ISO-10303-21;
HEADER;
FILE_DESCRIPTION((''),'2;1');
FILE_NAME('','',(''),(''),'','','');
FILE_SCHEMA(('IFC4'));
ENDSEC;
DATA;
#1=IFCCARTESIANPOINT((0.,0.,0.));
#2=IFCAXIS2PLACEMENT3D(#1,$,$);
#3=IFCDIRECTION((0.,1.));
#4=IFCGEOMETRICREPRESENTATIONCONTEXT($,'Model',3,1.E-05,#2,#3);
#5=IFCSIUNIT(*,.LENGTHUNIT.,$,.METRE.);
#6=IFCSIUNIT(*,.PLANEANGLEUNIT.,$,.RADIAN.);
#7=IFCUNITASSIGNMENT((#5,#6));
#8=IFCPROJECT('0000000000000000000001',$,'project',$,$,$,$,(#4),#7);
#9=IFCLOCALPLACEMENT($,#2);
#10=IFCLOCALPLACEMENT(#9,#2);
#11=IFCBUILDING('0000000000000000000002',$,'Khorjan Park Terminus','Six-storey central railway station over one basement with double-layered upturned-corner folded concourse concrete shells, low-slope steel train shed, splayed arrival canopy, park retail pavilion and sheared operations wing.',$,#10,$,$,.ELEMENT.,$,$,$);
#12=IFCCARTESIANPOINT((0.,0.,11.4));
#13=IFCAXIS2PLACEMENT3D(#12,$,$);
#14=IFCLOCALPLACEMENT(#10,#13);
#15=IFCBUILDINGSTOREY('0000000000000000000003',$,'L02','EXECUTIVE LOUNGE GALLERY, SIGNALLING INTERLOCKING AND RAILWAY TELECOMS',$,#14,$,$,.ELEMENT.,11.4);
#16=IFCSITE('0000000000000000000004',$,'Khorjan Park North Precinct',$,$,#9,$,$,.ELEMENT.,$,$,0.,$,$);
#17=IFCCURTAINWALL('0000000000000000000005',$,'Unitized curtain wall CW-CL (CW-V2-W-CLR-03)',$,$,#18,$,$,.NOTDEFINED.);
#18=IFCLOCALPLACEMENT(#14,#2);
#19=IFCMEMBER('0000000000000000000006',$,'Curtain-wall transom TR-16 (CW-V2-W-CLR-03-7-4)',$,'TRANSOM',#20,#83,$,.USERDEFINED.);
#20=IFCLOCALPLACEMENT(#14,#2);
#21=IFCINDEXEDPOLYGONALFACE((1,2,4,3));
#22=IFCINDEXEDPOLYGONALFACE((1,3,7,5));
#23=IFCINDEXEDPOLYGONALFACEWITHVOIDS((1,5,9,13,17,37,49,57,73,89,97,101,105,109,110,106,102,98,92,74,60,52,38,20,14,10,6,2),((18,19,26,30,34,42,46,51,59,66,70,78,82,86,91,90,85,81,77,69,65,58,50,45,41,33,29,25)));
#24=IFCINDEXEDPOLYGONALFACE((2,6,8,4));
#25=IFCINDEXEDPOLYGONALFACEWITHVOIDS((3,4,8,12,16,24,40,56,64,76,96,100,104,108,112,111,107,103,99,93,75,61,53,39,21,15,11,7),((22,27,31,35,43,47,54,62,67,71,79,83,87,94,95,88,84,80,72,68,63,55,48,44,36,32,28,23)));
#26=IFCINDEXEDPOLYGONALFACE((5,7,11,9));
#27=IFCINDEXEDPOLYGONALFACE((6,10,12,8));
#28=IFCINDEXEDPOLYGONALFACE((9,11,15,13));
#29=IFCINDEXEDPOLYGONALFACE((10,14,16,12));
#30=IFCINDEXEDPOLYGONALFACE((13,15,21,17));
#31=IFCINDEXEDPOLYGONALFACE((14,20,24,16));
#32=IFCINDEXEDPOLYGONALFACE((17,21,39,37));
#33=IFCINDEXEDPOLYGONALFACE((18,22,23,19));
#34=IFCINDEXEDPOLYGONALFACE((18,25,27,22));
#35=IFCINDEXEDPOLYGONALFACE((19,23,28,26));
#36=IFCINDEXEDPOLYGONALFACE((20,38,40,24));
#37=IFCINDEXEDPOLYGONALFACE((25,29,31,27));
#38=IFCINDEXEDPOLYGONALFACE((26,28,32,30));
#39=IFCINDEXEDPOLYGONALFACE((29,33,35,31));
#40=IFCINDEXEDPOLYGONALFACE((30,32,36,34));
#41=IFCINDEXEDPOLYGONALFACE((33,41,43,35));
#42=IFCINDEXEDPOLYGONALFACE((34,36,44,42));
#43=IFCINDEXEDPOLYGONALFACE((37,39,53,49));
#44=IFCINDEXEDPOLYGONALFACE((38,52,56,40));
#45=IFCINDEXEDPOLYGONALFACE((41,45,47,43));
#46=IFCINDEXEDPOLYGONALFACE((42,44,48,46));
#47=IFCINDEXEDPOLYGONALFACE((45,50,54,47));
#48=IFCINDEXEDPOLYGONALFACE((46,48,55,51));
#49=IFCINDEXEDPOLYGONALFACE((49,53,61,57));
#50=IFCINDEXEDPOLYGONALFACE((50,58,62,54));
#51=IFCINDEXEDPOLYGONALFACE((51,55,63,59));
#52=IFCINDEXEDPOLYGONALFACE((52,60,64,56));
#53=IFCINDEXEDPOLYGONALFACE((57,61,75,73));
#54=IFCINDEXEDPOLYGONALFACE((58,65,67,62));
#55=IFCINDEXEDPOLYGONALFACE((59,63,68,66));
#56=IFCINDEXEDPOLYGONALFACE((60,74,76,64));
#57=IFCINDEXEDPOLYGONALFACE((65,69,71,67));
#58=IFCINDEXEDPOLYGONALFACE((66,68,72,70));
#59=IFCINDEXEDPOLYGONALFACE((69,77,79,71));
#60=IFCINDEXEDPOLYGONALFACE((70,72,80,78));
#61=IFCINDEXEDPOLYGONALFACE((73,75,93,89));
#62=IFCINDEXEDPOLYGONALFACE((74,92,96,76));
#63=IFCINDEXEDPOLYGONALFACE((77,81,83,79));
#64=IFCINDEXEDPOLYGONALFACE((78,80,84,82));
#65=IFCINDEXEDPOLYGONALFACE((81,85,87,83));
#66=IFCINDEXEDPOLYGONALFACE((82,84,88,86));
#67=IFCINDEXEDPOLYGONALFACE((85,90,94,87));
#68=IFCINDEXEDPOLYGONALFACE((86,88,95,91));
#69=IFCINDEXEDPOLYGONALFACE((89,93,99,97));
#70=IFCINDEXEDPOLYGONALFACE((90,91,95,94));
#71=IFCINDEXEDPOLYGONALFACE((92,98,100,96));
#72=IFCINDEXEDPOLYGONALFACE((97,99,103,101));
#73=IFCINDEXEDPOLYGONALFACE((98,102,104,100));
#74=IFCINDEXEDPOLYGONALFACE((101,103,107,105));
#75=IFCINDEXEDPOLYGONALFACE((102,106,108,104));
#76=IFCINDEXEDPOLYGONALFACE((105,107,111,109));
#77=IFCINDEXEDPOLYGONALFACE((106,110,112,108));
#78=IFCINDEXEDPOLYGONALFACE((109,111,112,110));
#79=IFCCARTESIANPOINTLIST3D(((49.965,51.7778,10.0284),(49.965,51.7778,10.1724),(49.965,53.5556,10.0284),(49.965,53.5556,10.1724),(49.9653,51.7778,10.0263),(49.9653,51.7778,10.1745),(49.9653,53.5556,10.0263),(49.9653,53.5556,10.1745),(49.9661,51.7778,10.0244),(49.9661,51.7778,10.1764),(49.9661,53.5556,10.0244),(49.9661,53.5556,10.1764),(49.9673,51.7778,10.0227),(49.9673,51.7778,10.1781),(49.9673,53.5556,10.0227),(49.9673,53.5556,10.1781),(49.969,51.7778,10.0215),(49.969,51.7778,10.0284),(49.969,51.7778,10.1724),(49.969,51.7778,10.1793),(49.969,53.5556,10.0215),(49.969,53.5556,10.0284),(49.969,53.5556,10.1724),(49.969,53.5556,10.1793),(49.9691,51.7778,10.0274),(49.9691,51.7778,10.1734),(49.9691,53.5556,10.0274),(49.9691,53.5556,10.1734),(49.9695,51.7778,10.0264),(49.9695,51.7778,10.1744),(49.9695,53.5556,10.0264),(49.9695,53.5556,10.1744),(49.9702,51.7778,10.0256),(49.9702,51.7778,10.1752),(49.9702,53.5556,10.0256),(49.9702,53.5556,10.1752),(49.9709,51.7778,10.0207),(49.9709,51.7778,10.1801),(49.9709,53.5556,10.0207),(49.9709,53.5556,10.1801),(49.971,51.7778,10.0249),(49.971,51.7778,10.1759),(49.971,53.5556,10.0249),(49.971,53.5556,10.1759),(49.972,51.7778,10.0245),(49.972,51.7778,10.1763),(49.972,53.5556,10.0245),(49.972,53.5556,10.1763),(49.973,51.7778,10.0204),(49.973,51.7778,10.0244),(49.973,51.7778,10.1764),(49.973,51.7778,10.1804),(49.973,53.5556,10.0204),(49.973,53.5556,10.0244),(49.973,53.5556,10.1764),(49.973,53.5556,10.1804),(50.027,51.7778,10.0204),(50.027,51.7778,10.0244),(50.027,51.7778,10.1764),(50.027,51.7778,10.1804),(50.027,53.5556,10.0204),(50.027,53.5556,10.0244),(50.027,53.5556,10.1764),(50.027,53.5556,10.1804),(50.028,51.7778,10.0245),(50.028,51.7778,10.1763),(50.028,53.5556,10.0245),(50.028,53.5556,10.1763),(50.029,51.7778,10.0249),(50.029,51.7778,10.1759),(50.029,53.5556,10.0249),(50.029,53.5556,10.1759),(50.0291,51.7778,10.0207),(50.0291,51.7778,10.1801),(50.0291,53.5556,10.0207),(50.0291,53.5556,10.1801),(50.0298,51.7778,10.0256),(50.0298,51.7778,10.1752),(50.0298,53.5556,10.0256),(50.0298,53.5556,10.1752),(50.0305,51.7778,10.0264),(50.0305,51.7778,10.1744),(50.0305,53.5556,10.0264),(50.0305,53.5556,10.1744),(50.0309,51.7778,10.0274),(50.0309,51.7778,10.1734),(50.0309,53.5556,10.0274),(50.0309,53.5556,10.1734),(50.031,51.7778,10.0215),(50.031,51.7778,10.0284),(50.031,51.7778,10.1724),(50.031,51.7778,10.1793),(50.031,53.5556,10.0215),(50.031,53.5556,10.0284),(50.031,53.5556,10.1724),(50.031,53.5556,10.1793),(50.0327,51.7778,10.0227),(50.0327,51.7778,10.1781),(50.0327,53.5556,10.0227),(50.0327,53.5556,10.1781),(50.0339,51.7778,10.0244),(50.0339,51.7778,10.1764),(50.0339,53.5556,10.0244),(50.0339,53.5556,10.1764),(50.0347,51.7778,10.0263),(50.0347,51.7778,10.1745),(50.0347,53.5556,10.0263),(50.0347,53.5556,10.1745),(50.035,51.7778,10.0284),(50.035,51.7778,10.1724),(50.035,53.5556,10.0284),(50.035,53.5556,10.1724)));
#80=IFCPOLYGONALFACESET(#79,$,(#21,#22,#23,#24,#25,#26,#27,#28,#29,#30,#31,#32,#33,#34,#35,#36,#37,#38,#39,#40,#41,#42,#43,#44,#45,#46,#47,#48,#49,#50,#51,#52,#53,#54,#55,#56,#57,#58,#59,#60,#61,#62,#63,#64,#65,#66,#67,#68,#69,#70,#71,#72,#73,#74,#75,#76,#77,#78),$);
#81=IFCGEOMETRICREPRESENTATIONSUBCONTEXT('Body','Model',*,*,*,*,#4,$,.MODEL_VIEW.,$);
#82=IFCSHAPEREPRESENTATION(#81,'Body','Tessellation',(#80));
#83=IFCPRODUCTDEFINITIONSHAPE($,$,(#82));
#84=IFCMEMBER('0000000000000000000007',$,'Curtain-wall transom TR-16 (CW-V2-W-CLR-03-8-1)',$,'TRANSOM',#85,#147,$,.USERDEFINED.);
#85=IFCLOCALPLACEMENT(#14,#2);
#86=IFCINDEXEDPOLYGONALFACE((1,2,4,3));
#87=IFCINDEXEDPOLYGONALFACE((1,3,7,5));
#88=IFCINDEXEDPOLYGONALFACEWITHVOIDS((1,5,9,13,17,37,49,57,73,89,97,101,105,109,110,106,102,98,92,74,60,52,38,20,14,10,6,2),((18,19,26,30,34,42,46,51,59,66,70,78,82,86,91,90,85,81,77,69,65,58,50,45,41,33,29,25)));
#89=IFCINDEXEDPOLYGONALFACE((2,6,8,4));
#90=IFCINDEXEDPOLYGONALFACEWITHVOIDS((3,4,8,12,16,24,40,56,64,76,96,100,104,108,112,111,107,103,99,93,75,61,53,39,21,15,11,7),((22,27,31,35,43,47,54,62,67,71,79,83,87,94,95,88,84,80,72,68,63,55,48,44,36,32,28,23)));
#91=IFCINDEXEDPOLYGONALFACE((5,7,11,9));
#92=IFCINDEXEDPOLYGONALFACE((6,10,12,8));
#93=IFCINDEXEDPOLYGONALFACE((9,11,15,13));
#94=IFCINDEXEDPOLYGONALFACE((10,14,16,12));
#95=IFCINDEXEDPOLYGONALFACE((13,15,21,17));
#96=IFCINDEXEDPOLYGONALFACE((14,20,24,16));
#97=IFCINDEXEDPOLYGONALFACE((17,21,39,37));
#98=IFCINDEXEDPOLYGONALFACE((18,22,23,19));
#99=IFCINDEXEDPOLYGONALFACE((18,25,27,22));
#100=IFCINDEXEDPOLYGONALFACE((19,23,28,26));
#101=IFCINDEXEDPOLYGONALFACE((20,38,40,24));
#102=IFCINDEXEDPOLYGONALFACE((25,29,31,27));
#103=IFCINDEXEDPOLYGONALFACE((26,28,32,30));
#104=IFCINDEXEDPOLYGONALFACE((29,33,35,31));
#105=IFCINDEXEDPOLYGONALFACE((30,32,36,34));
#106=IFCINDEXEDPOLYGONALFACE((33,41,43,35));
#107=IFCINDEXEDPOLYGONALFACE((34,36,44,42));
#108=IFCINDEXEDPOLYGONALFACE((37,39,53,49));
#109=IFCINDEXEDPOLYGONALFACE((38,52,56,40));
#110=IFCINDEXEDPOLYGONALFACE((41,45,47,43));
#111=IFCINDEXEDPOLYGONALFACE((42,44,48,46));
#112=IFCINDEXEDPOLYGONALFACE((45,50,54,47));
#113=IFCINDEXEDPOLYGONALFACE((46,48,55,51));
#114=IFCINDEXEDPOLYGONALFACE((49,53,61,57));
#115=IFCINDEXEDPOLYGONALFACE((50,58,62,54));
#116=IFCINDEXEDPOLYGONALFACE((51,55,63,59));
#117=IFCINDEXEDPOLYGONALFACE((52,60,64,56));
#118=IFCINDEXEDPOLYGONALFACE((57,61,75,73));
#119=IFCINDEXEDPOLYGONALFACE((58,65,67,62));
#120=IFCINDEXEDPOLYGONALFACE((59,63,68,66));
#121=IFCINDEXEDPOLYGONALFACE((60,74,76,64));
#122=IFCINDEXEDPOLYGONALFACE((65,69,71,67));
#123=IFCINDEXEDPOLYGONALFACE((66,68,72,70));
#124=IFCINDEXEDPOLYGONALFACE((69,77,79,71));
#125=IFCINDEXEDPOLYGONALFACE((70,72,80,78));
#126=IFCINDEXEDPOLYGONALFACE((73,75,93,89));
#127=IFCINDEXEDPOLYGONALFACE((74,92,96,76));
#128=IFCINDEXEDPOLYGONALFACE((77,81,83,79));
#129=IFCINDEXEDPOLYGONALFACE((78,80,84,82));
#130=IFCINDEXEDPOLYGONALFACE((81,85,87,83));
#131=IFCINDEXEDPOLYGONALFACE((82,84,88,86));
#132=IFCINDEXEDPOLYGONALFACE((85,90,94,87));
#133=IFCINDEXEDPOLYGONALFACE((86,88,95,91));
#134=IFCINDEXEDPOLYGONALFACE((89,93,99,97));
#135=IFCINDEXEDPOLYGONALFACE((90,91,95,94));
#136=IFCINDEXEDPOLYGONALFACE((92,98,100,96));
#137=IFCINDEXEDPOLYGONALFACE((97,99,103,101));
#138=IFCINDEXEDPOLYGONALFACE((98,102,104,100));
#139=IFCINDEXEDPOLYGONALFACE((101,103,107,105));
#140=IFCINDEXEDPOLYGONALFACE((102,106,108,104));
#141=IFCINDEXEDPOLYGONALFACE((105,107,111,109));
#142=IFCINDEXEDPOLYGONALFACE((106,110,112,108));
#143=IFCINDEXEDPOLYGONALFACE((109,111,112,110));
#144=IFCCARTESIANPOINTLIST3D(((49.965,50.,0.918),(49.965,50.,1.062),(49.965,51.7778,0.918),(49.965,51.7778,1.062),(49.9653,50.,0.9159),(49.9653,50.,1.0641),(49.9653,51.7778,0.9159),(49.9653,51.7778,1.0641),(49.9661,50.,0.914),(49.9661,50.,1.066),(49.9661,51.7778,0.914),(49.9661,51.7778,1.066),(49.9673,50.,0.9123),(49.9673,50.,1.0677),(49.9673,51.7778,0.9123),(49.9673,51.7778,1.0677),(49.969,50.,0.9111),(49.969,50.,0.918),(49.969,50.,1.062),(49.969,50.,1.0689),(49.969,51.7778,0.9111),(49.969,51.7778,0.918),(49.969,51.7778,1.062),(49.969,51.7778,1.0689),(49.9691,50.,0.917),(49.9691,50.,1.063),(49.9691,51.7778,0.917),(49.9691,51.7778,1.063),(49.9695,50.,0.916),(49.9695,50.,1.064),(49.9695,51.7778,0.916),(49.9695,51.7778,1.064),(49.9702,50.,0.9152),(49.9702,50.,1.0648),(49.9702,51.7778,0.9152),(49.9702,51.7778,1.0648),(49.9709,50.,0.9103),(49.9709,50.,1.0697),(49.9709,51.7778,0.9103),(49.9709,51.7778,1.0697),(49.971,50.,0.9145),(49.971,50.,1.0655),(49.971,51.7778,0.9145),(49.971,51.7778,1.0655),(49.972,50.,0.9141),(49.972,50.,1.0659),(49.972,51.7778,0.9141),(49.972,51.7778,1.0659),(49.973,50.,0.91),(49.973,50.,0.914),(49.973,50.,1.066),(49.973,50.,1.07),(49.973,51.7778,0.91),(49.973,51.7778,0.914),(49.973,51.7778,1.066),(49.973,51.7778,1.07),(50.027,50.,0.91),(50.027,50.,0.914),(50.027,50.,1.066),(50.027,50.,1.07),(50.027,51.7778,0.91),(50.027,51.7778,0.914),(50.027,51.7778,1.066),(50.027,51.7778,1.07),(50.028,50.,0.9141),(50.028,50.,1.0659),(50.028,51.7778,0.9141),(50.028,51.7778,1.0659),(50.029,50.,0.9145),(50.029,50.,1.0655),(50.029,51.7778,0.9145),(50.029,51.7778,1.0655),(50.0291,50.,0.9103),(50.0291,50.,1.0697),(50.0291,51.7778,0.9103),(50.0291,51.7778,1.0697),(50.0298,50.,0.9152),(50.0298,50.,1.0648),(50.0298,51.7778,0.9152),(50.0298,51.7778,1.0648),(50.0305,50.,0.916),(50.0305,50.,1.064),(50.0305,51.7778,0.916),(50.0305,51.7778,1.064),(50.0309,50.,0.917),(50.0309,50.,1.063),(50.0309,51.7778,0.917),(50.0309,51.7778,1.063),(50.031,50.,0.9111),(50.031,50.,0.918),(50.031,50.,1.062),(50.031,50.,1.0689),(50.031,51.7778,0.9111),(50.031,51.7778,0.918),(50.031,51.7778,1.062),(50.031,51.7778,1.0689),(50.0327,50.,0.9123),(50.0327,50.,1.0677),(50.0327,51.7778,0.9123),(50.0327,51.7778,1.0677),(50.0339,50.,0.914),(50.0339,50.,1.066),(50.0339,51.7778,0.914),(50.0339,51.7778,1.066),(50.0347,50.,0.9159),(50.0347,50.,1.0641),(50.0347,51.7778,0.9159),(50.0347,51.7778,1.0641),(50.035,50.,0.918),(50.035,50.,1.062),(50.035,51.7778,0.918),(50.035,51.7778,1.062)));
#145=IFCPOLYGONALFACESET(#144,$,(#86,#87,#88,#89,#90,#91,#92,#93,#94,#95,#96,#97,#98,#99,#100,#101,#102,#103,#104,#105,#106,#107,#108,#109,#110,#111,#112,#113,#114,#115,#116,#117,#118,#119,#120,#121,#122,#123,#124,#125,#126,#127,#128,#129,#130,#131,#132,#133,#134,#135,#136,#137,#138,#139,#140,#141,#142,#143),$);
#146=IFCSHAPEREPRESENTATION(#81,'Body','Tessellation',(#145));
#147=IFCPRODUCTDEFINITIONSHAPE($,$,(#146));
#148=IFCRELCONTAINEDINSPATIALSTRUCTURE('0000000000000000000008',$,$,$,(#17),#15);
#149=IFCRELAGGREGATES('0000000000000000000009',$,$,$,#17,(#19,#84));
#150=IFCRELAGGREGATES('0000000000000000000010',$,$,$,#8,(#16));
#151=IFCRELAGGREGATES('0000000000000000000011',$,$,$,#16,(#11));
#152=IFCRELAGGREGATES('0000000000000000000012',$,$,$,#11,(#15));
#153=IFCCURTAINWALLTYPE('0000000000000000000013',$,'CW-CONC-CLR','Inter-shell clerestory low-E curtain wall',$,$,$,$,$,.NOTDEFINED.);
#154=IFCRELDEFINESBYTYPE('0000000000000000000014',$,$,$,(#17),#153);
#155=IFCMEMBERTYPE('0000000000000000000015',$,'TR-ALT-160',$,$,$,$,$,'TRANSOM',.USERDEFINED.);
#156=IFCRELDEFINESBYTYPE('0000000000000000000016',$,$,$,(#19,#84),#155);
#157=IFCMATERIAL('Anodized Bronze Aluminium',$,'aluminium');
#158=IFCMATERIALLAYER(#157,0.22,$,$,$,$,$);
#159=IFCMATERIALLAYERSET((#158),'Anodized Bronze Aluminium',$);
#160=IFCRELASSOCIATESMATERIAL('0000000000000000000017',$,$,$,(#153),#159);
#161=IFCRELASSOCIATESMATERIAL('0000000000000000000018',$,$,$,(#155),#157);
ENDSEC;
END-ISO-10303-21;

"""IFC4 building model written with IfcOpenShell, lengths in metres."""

from ifc_helpers import new_model, si_unit, direction, frame, origin, origin_2d, place, context, subcontext, project, spatial, hollow_rectangle, extrude, material, layer, layer_set, material_profile, profile_set, type_object, element, aggregate, save


model = new_model("IFC4")

# Units and contexts
model_context = context("Model", 3, precision=1e-05, world=origin(), true_north=direction((0.0, 1.0)))
body_context = subcontext(model_context, "Body", "Model", "MODEL_VIEW")
ifc_project = project(units=[si_unit("LENGTHUNIT", "METRE"), si_unit("PLANEANGLEUNIT", "RADIAN")], contexts=[model_context])

# Site, building, storey
site_placement = place(None, origin())
site = spatial("IfcSite", under=ifc_project, at=site_placement, Name="Khorjan Park North Precinct", CompositionType="ELEMENT", RefElevation=0.0)
building_placement = place(site_placement, origin())
building = spatial("IfcBuilding", under=site, at=building_placement, Name="Khorjan Park Terminus", Description="Six-storey central railway station over one basement with double-layered upturned-corner folded concourse concrete shells, low-slope steel train shed, splayed arrival canopy, park retail pavilion and sheared operations wing.", CompositionType="ELEMENT")
storey_placement = place(building_placement, frame((0.0, 0.0, 11.4)))
storey = spatial("IfcBuildingStorey", under=building, at=storey_placement, Name="L02", Description="EXECUTIVE LOUNGE GALLERY, SIGNALLING INTERLOCKING AND RAILWAY TELECOMS", CompositionType="ELEMENT", Elevation=11.4)

# Curtain wall, members
ifc_material_1 = material(Name="Anodized Bronze Aluminium", Category="aluminium")
ifc_layer_1 = layer(ifc_material_1, 0.22)
ifc_layer_set_1 = layer_set([ifc_layer_1], Name="Anodized Bronze Aluminium")
curtain_wall_type = type_object("IfcCurtainWallType", Name="CW-CONC-CLR", Description="Inter-shell clerestory low-E curtain wall", PredefinedType="NOTDEFINED", material=ifc_layer_set_1)
curtain_wall_placement = place(storey_placement, origin())
curtain_wall = element("IfcCurtainWall", 1, at=curtain_wall_placement, inside=storey, type_object=curtain_wall_type, Name="Unitized curtain wall CW-CL (CW-V2-W-CLR-03)", PredefinedType="NOTDEFINED")
ifc_material_profile_1 = material_profile(ifc_material_1, hollow_rectangle(XDim=0.07, YDim=0.16, WallThickness=0.004, InnerFilletRadius=0.004, OuterFilletRadius=0.008, at=origin_2d()), Name="ALT 70x160x4")
ifc_profile_set_1 = profile_set([ifc_material_profile_1], Name="Anodized Bronze Aluminium")
member_type_1 = type_object("IfcMemberType", Name="TR-ALT-160", ElementType="TRANSOM", PredefinedType="USERDEFINED", material=ifc_profile_set_1)
member_1_placement = place(storey_placement, frame((50.0, 53.5556, 10.1004), z_axis=(0.0, -1.0, 0.0), x_axis=(1.0, 0.0, 0.0)))
member_1 = element("IfcMember", 2, at=member_1_placement, type_object=member_type_1, Name="Curtain-wall transom TR-16 (CW-V2-W-CLR-03-7-4)", ObjectType="TRANSOM", PredefinedType="USERDEFINED", context=body_context, shape_type="SweptSolid", body=[
    extrude(hollow_rectangle(XDim=0.07, YDim=0.16, WallThickness=0.004, InnerFilletRadius=0.004, OuterFilletRadius=0.008, at=origin_2d()), origin(), (0.0, 0.0, 1.0), 1.7778),
])
member_2_placement = place(storey_placement, frame((50.0, 51.7778, 0.99), z_axis=(0.0, -1.0, 0.0), x_axis=(1.0, 0.0, 0.0)))
member_2 = element("IfcMember", 3, at=member_2_placement, type_object=member_type_1, Name="Curtain-wall transom TR-16 (CW-V2-W-CLR-03-8-1)", ObjectType="TRANSOM", PredefinedType="USERDEFINED", context=body_context, shape_type="SweptSolid", body=[
    extrude(hollow_rectangle(XDim=0.07, YDim=0.16, WallThickness=0.004, InnerFilletRadius=0.004, OuterFilletRadius=0.008, at=origin_2d()), origin(), (0.0, 0.0, 1.0), 1.7778),
])

aggregate(curtain_wall, [member_1, member_2])

save(model, "model.ifc")
